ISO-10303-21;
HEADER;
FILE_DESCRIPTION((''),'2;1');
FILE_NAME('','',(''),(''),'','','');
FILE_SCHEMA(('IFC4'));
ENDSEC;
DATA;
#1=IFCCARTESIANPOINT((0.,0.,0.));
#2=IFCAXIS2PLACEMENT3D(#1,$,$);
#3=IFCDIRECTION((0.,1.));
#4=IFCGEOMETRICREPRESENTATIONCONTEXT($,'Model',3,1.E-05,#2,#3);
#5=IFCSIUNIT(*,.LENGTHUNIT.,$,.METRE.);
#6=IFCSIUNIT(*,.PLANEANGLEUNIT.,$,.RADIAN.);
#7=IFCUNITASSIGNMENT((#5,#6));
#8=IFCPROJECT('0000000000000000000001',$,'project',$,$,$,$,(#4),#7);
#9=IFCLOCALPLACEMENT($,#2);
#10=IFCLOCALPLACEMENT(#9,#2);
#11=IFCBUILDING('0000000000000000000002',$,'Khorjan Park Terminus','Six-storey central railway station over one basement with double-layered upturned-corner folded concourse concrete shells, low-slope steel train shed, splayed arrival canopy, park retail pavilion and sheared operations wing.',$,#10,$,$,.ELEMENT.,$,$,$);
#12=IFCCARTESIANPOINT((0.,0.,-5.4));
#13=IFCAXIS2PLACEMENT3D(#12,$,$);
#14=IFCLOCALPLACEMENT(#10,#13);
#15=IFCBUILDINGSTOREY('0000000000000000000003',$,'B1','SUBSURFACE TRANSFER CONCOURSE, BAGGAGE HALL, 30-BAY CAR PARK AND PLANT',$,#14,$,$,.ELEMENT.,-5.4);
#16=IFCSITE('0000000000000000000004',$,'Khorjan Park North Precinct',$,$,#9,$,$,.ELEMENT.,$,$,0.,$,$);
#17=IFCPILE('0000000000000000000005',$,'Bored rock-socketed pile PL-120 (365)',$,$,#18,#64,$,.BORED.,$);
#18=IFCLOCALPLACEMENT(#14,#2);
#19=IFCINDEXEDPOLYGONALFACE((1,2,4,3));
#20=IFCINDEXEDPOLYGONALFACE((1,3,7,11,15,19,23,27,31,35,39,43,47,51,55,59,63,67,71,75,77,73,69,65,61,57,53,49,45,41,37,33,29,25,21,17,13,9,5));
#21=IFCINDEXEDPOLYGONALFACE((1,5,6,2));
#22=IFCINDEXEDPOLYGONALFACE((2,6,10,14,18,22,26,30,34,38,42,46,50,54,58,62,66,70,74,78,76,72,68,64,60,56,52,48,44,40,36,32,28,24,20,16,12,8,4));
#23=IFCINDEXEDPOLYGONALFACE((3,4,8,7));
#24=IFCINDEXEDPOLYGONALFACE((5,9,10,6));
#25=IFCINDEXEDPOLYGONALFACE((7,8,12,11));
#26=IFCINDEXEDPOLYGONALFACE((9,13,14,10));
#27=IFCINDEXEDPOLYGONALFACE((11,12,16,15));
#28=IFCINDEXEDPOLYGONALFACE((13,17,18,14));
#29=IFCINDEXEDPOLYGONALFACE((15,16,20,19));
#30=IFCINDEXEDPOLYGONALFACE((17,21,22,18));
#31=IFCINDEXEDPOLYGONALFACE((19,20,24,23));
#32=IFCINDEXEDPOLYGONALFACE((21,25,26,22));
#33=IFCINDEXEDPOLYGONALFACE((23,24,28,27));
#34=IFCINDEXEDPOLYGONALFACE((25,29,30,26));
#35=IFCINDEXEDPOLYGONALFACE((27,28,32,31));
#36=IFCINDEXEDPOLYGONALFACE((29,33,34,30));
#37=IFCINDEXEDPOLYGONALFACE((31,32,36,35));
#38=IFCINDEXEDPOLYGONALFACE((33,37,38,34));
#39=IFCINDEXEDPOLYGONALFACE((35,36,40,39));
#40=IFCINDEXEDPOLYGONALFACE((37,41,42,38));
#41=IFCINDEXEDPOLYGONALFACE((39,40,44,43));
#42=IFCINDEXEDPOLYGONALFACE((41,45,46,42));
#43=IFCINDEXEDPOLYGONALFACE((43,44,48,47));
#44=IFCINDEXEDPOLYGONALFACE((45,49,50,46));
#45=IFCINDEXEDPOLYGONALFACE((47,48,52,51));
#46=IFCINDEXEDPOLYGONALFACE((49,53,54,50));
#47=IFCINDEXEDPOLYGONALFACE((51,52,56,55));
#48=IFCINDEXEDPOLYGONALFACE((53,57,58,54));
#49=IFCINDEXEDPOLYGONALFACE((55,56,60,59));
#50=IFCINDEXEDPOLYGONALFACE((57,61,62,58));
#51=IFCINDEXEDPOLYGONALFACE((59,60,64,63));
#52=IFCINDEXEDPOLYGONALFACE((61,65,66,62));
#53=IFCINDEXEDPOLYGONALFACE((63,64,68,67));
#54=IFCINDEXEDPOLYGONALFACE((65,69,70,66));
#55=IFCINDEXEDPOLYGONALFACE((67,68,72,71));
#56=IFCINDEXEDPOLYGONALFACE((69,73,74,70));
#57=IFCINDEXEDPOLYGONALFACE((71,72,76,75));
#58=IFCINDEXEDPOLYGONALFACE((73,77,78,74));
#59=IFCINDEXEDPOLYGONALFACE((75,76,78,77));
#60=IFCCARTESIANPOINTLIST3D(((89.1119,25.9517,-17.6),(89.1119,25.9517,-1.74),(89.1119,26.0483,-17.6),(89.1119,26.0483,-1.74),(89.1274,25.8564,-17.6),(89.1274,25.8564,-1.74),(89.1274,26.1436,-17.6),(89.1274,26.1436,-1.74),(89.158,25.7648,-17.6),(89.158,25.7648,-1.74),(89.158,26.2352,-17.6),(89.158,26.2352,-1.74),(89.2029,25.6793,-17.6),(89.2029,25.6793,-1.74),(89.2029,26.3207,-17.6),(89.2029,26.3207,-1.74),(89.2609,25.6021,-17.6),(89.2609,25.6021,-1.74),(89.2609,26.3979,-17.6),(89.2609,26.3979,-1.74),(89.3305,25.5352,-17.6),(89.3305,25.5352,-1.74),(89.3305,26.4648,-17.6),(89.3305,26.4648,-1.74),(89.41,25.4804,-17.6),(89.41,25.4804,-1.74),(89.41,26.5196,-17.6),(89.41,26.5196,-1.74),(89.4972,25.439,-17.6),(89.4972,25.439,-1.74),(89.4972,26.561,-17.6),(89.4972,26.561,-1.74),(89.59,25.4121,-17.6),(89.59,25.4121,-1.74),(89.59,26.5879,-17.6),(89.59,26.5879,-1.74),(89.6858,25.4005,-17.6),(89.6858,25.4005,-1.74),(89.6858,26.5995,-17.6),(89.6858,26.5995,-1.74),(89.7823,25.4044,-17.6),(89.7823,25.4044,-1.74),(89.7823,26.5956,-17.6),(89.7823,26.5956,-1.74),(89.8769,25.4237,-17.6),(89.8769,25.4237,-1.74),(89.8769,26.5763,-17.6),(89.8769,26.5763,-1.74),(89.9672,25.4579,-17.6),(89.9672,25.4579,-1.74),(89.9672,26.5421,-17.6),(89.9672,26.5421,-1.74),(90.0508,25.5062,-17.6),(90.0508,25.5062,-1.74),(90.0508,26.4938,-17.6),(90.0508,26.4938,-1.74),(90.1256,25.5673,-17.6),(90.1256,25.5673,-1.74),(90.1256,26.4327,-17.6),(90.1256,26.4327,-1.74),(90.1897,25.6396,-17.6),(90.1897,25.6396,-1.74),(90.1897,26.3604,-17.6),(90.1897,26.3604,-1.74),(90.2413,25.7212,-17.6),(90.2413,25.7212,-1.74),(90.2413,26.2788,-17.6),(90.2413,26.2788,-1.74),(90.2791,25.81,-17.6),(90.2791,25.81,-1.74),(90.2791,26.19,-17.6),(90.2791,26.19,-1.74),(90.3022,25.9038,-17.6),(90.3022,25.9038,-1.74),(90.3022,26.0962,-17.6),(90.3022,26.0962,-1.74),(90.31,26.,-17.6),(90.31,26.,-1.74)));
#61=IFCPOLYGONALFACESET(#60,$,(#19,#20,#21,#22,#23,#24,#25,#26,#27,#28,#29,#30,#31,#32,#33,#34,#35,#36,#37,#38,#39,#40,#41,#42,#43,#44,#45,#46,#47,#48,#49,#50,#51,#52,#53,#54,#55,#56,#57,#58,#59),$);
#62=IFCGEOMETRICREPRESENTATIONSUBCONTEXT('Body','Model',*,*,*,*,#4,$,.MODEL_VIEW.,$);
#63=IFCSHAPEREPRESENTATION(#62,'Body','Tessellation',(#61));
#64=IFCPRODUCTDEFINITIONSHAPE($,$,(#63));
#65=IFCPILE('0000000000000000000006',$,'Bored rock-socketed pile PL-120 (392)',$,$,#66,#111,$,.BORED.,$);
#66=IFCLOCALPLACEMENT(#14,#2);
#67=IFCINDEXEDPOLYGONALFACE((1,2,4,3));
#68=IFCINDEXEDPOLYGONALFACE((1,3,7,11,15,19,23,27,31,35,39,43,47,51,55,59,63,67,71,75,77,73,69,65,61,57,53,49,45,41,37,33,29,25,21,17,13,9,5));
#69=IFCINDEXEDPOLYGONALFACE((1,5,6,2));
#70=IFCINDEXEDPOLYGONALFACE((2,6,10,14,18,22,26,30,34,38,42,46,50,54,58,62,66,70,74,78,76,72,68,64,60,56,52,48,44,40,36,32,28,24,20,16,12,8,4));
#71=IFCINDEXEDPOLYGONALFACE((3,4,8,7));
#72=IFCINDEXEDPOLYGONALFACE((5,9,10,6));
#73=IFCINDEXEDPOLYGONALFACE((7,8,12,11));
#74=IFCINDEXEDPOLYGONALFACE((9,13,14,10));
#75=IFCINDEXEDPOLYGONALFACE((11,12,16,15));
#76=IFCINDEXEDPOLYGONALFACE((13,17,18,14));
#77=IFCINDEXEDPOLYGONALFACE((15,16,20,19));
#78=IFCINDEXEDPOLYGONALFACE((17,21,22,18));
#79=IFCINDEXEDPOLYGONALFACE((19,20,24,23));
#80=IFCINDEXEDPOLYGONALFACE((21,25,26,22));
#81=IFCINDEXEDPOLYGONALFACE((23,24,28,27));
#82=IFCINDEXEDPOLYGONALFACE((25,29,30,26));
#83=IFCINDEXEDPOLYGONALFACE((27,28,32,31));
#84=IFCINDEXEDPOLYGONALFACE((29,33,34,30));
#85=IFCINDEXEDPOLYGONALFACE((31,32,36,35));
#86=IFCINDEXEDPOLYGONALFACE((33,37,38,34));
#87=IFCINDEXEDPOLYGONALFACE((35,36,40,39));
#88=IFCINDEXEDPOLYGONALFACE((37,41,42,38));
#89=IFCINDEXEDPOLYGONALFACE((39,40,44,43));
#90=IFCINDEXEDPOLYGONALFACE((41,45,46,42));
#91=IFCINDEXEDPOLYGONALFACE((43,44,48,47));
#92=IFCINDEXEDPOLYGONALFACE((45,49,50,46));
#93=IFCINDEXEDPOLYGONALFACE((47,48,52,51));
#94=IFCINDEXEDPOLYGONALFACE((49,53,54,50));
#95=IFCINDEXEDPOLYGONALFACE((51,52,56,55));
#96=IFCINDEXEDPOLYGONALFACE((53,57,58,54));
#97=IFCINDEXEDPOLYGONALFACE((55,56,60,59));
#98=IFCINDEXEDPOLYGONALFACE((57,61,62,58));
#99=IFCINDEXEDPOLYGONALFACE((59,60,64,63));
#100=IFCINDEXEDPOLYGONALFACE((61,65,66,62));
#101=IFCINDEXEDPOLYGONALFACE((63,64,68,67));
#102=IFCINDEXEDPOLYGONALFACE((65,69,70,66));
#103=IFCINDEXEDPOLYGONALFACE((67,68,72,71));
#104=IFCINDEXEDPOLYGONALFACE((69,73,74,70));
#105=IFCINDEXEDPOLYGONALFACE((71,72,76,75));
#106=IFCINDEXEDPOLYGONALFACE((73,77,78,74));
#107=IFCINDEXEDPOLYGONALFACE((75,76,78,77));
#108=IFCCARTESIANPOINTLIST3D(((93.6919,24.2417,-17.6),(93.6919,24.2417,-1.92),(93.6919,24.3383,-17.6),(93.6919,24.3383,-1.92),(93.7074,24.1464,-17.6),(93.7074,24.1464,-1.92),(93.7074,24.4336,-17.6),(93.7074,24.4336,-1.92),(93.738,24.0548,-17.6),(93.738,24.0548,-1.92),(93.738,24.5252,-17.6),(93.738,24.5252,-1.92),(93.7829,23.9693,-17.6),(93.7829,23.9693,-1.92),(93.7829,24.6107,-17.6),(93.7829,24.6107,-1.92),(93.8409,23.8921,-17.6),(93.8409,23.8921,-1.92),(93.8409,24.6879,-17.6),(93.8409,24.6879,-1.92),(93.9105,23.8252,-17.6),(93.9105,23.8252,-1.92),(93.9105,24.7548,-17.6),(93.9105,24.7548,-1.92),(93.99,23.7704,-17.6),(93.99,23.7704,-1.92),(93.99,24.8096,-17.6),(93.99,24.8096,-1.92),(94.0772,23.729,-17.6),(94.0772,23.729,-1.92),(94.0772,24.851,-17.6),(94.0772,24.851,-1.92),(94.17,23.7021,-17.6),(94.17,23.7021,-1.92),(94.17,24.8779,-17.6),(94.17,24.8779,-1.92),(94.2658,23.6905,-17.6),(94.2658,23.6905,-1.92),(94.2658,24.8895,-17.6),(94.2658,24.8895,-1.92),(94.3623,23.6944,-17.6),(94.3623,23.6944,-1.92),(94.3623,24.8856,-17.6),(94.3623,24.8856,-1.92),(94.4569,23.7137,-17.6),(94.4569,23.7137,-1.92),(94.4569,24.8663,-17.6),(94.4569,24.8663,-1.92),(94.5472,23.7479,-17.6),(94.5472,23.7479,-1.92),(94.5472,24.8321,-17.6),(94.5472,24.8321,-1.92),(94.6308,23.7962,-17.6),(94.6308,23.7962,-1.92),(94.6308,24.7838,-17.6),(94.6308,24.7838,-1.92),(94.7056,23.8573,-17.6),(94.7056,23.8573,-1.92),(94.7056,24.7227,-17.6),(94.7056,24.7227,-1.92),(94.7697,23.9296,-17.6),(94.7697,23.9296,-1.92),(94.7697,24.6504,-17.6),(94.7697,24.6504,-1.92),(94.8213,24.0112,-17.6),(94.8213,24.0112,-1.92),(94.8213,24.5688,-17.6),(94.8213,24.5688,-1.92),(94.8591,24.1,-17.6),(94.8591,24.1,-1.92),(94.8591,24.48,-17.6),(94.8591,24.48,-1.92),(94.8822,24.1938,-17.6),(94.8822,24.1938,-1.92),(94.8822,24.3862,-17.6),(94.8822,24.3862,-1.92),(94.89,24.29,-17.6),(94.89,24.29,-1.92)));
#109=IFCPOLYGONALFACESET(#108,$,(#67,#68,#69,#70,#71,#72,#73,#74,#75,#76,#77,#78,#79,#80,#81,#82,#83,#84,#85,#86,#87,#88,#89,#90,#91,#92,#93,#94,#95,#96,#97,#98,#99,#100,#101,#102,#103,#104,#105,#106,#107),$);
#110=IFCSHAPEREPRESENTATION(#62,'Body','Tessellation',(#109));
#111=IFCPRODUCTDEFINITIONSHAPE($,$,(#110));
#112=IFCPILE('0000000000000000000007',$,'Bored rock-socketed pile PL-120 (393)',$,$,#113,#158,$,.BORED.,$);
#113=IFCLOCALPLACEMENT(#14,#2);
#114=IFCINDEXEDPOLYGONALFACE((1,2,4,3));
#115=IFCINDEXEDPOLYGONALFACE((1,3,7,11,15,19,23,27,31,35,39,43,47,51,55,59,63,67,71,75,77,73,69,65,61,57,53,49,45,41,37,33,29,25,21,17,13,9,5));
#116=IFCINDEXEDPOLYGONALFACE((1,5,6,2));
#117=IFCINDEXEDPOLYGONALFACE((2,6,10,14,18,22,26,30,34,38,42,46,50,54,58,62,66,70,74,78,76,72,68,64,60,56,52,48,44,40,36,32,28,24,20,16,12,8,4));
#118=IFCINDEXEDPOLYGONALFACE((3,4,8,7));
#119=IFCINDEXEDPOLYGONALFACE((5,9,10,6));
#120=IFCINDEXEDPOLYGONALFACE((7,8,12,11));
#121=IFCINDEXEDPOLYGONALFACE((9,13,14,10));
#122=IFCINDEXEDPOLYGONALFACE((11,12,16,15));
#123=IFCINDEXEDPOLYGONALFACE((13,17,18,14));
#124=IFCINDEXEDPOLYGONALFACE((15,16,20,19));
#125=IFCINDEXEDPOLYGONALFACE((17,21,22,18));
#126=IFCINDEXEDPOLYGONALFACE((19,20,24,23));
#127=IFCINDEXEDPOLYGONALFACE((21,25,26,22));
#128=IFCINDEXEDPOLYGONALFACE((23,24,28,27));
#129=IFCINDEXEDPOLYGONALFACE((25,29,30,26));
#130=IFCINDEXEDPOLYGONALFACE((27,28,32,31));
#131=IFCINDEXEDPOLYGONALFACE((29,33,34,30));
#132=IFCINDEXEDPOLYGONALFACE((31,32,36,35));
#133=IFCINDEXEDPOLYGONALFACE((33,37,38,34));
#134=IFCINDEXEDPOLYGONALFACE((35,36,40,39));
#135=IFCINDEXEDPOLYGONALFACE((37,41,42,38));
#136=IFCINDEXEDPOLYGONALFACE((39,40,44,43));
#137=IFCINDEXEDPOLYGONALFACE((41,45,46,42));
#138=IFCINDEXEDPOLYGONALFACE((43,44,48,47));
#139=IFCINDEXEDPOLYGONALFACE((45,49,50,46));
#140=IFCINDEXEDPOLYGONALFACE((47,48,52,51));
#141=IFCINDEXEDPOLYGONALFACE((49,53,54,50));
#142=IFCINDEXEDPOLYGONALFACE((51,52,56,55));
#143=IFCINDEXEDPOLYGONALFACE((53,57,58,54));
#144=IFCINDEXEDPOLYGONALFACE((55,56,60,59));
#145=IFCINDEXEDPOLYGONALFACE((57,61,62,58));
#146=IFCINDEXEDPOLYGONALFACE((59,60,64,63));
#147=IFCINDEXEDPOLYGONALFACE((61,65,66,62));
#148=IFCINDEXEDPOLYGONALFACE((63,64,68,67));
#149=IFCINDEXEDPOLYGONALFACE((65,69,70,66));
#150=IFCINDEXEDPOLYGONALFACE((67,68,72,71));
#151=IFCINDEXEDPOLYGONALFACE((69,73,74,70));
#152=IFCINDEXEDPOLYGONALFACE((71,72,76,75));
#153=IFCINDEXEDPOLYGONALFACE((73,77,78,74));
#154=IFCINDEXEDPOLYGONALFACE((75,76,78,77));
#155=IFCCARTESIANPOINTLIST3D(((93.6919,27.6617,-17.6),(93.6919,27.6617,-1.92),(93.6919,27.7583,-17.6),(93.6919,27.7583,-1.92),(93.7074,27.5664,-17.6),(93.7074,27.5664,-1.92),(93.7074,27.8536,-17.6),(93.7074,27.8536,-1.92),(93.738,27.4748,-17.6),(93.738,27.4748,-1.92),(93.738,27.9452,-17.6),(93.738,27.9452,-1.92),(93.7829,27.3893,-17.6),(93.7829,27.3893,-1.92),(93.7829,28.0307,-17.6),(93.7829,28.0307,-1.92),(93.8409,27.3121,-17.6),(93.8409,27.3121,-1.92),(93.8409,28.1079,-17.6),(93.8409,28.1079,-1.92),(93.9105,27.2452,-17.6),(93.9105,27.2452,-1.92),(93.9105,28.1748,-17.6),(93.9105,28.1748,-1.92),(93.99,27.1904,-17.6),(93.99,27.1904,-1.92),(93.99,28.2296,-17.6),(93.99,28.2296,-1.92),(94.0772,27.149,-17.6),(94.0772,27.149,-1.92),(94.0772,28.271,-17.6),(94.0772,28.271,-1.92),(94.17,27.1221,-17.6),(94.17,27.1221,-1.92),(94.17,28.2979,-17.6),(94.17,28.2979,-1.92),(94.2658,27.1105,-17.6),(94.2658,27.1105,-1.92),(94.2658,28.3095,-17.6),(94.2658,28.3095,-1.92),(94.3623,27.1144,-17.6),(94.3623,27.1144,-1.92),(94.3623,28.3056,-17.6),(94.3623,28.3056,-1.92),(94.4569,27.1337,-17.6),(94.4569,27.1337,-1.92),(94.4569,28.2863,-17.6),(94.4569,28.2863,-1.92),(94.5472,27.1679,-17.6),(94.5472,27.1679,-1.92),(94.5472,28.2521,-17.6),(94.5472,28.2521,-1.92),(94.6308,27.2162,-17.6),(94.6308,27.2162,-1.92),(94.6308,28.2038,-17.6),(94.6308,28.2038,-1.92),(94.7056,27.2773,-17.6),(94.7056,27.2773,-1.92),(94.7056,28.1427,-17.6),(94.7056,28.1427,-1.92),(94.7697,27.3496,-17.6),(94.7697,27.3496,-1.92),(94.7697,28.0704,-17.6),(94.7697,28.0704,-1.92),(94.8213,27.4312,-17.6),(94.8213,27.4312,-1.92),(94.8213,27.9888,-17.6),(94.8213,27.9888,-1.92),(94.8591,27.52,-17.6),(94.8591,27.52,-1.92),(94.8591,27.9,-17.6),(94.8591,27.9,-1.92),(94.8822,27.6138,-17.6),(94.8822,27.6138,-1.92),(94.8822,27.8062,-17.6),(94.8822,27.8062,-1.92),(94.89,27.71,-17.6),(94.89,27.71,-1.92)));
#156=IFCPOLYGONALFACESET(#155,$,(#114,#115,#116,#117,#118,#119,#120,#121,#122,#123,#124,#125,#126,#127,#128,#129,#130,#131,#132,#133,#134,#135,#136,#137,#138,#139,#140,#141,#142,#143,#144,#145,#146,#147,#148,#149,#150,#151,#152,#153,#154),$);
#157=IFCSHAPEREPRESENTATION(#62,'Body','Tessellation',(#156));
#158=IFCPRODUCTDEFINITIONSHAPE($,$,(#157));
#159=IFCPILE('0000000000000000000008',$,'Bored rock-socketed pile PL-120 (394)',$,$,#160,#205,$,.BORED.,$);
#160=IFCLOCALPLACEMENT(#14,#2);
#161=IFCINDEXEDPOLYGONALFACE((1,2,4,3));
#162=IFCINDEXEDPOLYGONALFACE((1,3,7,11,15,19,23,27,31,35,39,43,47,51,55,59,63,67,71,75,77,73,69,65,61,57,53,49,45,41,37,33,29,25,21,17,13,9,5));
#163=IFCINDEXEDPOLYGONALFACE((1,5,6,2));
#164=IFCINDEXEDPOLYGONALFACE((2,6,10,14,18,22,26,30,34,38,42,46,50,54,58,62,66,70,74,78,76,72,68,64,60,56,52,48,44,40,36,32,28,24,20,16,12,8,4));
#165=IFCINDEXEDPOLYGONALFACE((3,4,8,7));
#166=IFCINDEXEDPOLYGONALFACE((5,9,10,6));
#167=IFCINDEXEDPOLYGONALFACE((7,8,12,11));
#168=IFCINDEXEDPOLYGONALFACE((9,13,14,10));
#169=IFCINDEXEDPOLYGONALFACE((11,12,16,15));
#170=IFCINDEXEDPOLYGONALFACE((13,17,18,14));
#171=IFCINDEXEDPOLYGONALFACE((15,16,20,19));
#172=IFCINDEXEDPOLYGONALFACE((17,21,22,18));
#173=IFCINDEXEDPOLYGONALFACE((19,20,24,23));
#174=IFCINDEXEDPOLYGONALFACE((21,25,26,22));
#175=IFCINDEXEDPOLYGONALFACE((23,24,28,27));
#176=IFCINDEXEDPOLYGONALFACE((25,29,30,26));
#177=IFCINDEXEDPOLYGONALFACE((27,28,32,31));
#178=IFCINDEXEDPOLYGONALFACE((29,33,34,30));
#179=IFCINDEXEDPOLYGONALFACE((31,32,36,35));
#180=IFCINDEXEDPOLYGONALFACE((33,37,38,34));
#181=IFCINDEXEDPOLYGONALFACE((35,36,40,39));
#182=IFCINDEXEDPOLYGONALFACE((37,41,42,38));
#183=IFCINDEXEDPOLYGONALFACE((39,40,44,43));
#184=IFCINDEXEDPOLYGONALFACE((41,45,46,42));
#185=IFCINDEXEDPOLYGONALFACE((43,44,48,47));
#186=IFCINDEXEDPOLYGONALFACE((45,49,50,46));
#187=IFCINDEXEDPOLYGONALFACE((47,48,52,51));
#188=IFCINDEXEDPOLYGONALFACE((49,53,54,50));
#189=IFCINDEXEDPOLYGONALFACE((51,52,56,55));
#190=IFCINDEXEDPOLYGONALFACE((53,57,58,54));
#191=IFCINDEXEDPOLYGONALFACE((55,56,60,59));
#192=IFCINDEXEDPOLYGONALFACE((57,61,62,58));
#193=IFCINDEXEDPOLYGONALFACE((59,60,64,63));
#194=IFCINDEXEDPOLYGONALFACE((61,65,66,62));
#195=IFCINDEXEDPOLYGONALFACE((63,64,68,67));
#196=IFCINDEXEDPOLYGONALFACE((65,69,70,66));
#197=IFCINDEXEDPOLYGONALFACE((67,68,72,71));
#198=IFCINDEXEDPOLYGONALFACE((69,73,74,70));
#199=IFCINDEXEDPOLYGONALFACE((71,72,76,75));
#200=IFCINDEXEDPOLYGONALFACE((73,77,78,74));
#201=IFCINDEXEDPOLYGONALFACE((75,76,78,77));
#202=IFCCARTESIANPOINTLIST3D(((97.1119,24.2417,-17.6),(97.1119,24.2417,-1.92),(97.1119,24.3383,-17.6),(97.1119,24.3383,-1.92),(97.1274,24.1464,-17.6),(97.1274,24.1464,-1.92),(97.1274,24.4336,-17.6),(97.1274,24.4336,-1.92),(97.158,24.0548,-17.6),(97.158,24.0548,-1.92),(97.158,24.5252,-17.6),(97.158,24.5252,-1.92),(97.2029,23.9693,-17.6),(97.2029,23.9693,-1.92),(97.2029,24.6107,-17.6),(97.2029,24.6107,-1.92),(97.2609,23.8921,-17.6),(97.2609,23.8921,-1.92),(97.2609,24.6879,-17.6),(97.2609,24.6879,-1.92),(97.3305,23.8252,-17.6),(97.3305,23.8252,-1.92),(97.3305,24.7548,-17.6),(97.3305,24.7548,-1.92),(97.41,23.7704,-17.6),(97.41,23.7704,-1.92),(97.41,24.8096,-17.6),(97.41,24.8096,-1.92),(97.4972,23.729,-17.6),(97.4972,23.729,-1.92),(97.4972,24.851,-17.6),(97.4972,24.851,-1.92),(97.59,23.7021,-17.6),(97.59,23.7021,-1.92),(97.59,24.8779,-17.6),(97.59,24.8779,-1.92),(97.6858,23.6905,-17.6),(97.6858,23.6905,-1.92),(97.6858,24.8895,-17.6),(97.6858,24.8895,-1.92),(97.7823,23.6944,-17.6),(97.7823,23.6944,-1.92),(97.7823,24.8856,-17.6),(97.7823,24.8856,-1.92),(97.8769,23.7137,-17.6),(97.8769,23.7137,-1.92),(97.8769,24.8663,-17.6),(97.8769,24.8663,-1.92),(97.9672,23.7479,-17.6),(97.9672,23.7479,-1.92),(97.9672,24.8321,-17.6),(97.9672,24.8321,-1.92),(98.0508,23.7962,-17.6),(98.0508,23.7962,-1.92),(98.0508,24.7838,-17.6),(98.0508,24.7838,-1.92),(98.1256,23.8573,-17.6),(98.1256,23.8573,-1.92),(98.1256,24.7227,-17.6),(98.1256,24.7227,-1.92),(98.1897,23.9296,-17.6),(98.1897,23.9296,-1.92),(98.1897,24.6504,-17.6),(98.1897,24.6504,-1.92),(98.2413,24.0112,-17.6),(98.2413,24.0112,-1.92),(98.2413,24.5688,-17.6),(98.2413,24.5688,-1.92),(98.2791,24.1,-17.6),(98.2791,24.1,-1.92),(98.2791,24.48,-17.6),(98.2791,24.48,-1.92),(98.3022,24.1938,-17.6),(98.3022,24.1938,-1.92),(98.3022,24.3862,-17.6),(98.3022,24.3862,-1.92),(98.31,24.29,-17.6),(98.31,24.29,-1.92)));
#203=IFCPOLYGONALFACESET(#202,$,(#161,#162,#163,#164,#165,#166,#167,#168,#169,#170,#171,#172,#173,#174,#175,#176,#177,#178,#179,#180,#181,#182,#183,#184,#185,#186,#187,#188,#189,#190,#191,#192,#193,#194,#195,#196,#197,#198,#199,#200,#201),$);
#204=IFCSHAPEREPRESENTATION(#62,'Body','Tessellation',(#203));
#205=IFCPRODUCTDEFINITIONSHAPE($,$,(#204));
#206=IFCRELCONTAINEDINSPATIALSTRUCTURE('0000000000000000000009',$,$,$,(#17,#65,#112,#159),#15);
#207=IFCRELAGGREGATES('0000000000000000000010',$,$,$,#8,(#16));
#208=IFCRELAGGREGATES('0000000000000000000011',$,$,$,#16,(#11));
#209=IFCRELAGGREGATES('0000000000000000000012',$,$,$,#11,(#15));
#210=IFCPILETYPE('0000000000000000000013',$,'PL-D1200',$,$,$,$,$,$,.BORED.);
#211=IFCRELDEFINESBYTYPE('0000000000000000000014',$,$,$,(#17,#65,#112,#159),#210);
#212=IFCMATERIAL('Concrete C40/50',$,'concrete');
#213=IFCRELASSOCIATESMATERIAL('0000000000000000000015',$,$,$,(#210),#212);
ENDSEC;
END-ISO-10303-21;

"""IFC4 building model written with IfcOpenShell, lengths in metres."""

from ifc_helpers import new_model, si_unit, direction, frame, origin, origin_2d, place, context, subcontext, project, spatial, circle, extrude, material, material_profile, profile_set, type_object, element, save


model = new_model("IFC4")

# Units and contexts
model_context = context("Model", 3, precision=1e-05, world=origin(), true_north=direction((0.0, 1.0)))
body_context = subcontext(model_context, "Body", "Model", "MODEL_VIEW")
ifc_project = project(units=[si_unit("LENGTHUNIT", "METRE"), si_unit("PLANEANGLEUNIT", "RADIAN")], contexts=[model_context])

# Site, building, storey
site_placement = place(None, origin())
site = spatial("IfcSite", under=ifc_project, at=site_placement, Name="Khorjan Park North Precinct", CompositionType="ELEMENT", RefElevation=0.0)
building_placement = place(site_placement, origin())
building = spatial("IfcBuilding", under=site, at=building_placement, Name="Khorjan Park Terminus", Description="Six-storey central railway station over one basement with double-layered upturned-corner folded concourse concrete shells, low-slope steel train shed, splayed arrival canopy, park retail pavilion and sheared operations wing.", CompositionType="ELEMENT")
storey_placement = place(building_placement, frame((0.0, 0.0, -5.4)))
storey = spatial("IfcBuildingStorey", under=building, at=storey_placement, Name="B1", Description="SUBSURFACE TRANSFER CONCOURSE, BAGGAGE HALL, 30-BAY CAR PARK AND PLANT", CompositionType="ELEMENT", Elevation=-5.4)

# Shared definitions
ifc_material_1 = material(Name="Concrete C40/50", Category="concrete")

# Piles
ifc_material_profile_1 = material_profile(ifc_material_1, circle(Radius=0.6, at=origin_2d()), Name="BORED D1200")
ifc_profile_set_1 = profile_set([ifc_material_profile_1], Name="Concrete C40/50")
pile_type_1 = type_object("IfcPileType", Name="PL-D1200", PredefinedType="BORED", material=ifc_profile_set_1)
pile_1_placement = place(storey_placement, frame((89.71, 26.0, -1.74), z_axis=(0.0, 0.0, -1.0), x_axis=(1.0, 0.0, 0.0)))
element("IfcPile", 1, at=pile_1_placement, inside=storey, type_object=pile_type_1, Name="Bored rock-socketed pile PL-120 (365)", PredefinedType="BORED", context=body_context, shape_type="SweptSolid", body=[
    extrude(circle(Radius=0.6, at=origin_2d()), origin(), (0.0, 0.0, 1.0), 15.86),
])
for number, where, z_axis, x_axis, name in (
    (2, (94.29, 24.29, -1.92), (0.0, 0.0, -1.0), (1.0, 0.0, 0.0), "Bored rock-socketed pile PL-120 (392)"),
    (3, (94.29, 27.71, -1.92), (0.0, 0.0, -1.0), (1.0, 0.0, 0.0), "Bored rock-socketed pile PL-120 (393)"),
    (4, (97.71, 24.29, -1.92), (0.0, 0.0, -1.0), (1.0, 0.0, 0.0), "Bored rock-socketed pile PL-120 (394)"),
):
    element("IfcPile", number, at=place(storey_placement, frame(where, z_axis=z_axis, x_axis=x_axis)), inside=storey, type_object=pile_type_1, Name=name, PredefinedType="BORED", context=body_context, shape_type="SweptSolid", body=[
        extrude(circle(Radius=0.6, at=origin_2d()), origin(), (0.0, 0.0, 1.0), 15.68),
    ])

save(model, "model.ifc")
